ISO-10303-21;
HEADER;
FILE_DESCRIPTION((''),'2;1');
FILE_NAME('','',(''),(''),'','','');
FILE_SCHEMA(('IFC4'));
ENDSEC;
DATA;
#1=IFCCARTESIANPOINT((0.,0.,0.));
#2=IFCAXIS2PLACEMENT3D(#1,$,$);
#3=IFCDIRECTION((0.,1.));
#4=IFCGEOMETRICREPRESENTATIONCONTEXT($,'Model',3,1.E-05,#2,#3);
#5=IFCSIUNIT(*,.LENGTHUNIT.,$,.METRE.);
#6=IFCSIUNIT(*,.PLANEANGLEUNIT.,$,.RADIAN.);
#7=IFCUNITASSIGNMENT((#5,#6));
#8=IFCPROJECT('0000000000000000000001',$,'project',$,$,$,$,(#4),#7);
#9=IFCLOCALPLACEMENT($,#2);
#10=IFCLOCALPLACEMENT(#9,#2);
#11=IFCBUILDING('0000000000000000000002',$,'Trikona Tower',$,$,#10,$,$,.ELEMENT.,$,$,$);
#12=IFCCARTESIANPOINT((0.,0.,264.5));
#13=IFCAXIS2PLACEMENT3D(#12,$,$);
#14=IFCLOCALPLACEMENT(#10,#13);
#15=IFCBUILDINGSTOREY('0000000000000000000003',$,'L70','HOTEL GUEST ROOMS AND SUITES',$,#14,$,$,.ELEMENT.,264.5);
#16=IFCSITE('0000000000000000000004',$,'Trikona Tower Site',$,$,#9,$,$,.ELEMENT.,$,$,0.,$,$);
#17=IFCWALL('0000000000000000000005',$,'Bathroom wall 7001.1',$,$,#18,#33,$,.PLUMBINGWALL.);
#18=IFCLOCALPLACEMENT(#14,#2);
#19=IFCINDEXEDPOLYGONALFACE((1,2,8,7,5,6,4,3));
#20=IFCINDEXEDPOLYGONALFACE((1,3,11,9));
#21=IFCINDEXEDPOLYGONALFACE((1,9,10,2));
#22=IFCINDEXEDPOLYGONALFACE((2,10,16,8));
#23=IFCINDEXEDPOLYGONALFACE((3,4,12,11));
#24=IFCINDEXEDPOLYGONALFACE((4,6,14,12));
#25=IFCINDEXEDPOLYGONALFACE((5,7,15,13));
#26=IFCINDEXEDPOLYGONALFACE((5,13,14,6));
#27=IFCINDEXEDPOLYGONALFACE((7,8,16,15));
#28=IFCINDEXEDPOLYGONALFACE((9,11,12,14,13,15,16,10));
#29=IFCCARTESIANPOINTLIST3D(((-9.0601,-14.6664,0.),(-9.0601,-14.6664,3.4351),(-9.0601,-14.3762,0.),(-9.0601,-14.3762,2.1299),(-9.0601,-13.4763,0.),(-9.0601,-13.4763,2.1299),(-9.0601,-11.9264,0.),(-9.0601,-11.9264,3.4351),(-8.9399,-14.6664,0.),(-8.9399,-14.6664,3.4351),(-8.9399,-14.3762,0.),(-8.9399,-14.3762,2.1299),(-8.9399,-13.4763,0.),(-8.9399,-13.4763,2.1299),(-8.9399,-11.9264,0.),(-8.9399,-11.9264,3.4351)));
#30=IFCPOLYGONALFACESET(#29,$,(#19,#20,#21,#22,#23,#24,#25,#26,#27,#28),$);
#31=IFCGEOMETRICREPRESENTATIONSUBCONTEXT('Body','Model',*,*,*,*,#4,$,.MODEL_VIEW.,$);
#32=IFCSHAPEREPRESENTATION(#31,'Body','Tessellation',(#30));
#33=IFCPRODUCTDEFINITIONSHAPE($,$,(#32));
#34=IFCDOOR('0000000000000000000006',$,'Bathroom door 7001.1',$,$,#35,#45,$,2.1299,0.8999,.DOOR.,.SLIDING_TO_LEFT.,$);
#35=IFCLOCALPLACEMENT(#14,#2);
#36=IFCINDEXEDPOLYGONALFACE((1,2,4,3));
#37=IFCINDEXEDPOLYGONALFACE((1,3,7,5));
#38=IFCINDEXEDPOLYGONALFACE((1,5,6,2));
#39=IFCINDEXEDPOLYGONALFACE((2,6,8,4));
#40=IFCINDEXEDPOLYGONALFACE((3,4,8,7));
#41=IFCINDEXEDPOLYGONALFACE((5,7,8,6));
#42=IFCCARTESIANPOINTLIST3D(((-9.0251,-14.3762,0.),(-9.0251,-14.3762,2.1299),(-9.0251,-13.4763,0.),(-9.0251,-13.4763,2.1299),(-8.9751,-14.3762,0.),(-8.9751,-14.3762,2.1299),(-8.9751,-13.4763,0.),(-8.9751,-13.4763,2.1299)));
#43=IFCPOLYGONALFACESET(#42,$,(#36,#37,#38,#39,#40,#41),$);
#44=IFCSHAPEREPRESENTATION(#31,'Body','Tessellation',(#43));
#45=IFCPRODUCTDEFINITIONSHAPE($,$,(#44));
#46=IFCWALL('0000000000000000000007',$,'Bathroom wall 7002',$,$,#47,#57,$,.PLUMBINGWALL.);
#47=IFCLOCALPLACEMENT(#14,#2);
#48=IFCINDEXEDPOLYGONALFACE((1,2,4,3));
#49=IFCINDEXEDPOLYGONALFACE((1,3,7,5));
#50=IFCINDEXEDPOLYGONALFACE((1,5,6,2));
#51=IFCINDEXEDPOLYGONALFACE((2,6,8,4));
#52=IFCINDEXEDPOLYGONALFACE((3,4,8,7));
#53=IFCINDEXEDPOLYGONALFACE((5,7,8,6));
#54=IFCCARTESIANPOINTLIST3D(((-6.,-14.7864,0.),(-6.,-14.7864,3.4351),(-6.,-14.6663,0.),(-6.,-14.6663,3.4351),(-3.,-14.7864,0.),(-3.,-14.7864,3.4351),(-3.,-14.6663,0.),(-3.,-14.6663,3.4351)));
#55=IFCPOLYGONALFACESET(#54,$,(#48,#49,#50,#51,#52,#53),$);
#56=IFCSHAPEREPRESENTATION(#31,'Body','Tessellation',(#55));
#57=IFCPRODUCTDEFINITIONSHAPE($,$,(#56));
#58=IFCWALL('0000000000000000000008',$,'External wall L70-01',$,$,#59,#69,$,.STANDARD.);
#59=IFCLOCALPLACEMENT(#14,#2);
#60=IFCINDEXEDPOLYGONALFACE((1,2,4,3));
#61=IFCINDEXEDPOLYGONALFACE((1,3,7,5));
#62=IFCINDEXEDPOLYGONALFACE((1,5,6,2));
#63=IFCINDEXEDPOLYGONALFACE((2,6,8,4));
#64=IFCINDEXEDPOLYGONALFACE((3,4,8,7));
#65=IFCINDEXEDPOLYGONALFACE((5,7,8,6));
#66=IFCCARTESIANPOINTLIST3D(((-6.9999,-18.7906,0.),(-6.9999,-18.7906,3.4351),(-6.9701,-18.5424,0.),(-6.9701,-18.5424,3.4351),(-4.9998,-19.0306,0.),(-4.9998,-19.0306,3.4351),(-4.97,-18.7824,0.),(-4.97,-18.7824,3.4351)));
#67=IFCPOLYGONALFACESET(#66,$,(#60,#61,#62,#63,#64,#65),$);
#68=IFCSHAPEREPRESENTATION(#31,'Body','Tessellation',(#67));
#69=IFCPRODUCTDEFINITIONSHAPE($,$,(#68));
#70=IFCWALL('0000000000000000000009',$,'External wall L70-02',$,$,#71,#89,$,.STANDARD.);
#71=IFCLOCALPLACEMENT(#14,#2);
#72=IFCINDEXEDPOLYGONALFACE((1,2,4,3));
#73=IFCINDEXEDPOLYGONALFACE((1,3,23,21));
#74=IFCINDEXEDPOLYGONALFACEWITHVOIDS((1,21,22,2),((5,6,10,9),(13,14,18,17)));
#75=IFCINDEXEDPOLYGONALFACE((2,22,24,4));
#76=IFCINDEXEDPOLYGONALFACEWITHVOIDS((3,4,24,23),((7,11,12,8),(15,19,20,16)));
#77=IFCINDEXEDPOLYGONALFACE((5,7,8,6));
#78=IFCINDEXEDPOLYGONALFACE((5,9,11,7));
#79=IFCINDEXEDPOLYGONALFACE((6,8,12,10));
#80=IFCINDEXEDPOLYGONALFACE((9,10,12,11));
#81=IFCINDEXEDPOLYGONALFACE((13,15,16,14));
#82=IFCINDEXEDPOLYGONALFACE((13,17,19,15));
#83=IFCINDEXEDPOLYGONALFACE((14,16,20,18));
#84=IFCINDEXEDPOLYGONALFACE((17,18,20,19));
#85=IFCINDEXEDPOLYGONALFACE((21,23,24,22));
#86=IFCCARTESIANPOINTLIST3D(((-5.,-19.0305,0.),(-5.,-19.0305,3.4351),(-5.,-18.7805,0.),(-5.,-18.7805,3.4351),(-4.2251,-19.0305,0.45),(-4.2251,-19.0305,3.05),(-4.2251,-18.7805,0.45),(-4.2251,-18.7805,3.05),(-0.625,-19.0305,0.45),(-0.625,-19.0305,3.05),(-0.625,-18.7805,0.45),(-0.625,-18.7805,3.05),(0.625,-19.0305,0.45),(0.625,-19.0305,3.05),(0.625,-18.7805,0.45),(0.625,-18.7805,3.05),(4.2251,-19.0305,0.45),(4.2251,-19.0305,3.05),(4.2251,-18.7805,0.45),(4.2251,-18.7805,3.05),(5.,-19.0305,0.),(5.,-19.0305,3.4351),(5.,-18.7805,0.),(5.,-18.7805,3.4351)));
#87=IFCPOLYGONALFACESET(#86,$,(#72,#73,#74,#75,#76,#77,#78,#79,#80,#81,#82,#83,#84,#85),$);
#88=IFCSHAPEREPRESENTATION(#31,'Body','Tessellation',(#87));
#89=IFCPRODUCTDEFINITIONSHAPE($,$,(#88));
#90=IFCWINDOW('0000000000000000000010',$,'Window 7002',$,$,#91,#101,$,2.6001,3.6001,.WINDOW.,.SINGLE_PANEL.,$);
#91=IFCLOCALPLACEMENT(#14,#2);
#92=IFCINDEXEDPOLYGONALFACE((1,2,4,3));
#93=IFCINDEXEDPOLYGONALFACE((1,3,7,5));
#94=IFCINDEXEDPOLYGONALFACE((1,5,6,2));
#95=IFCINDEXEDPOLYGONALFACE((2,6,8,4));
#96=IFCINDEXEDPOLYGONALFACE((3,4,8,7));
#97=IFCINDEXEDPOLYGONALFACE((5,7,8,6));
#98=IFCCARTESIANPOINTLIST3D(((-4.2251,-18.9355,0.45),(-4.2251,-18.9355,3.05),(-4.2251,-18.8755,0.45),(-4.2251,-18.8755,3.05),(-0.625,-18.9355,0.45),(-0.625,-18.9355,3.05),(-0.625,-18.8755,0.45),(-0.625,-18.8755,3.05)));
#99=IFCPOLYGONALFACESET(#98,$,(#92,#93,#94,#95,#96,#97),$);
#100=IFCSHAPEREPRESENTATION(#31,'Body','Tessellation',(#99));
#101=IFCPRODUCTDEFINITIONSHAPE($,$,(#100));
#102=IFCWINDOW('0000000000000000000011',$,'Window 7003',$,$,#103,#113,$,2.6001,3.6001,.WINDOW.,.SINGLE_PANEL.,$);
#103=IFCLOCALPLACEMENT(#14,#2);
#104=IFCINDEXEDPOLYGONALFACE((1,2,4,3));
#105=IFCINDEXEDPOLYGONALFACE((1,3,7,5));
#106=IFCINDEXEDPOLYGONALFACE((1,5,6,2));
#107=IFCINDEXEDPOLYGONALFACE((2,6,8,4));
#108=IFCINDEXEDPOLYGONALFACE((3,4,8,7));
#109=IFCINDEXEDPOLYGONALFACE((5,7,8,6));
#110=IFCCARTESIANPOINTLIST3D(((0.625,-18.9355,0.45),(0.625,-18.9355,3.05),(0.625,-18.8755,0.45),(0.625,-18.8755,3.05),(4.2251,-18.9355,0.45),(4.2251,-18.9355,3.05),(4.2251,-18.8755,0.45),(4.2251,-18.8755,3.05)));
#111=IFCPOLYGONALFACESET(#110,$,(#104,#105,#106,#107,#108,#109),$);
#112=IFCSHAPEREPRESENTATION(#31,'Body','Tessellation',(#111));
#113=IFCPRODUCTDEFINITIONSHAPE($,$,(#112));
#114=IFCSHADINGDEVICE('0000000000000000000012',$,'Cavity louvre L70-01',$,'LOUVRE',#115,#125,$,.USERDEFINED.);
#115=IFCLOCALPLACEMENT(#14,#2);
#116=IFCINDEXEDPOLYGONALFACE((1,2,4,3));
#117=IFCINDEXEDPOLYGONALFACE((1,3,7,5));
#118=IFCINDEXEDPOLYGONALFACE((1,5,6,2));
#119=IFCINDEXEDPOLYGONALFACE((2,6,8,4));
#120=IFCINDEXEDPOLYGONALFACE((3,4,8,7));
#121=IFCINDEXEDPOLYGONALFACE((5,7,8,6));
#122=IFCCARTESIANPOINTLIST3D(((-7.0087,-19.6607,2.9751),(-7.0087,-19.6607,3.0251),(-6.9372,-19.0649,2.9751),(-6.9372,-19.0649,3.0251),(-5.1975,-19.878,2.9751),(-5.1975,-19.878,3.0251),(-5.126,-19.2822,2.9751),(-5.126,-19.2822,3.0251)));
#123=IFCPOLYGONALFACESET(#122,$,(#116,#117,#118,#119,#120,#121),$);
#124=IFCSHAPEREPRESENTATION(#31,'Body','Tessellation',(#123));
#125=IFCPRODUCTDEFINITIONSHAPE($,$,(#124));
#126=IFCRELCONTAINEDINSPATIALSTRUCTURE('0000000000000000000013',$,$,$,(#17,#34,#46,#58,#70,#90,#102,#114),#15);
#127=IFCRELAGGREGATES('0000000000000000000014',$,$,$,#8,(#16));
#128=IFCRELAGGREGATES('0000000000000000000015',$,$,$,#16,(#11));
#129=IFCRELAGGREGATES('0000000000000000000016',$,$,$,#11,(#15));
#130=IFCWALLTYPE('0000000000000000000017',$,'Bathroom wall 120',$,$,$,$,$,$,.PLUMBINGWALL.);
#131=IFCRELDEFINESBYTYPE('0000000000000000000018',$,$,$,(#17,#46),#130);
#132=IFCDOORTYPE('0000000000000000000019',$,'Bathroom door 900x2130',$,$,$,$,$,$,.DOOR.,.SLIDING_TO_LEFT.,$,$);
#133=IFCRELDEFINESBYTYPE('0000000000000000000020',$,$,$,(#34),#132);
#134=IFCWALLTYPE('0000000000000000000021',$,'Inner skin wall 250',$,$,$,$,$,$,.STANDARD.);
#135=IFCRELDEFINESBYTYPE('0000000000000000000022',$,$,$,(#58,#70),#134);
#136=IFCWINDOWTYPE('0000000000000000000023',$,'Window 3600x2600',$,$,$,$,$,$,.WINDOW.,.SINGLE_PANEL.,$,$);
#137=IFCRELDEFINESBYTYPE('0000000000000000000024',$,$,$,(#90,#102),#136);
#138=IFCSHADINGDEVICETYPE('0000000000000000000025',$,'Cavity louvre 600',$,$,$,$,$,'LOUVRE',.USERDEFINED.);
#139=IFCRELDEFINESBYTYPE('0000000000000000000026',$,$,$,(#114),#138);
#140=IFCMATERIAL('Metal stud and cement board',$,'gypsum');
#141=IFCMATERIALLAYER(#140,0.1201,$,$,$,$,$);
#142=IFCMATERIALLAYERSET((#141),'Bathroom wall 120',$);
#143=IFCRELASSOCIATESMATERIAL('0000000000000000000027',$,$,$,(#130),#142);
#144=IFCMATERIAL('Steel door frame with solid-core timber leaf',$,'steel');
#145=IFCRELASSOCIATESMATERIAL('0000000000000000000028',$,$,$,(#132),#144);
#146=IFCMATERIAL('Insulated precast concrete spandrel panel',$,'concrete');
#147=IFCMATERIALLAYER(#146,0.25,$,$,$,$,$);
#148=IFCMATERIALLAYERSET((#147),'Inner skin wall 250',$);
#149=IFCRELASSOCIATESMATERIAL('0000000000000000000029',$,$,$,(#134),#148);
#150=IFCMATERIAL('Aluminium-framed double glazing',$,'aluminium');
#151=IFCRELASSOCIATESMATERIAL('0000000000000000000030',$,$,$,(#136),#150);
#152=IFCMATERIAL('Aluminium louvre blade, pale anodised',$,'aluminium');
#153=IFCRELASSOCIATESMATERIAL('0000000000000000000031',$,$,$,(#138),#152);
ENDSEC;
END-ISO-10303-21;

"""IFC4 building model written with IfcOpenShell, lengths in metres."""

from ifc_helpers import new_model, si_unit, direction, frame, frame_2d, origin, origin_2d, place, context, subcontext, project, spatial, rectangle, extrude, material, layer, layer_set, type_object, element, fill, save


model = new_model("IFC4")

# Units and contexts
model_context = context("Model", 3, precision=1e-05, world=origin(), true_north=direction((0.0, 1.0)))
body_context = subcontext(model_context, "Body", "Model", "MODEL_VIEW")
ifc_project = project(units=[si_unit("LENGTHUNIT", "METRE"), si_unit("PLANEANGLEUNIT", "RADIAN")], contexts=[model_context])

# Site, building, storey
site_placement = place(None, origin())
site = spatial("IfcSite", under=ifc_project, at=site_placement, Name="Trikona Tower Site", CompositionType="ELEMENT", RefElevation=0.0)
building_placement = place(site_placement, origin())
building = spatial("IfcBuilding", under=site, at=building_placement, Name="Trikona Tower", CompositionType="ELEMENT")
storey_placement = place(building_placement, frame((0.0, 0.0, 264.5)))
storey = spatial("IfcBuildingStorey", under=building, at=storey_placement, Name="L70", Description="HOTEL GUEST ROOMS AND SUITES", CompositionType="ELEMENT", Elevation=264.5)

# Shared definitions
ifc_material_1 = material(Name="Metal stud and cement board", Category="gypsum")
ifc_layer_1 = layer(ifc_material_1, 0.1201)
ifc_layer_set_1 = layer_set([ifc_layer_1], Name="Bathroom wall 120")
wall_type_1 = type_object("IfcWallType", Name="Bathroom wall 120", PredefinedType="PLUMBINGWALL", material=ifc_layer_set_1)

# Wall, opening, door
wall_1_placement = place(storey_placement, frame((-9.0, -11.9263, 0.0), z_axis=(0.0, 0.0, 1.0), x_axis=(0.0, -1.0, 0.0)))
wall_1 = element("IfcWall", 1, at=wall_1_placement, inside=storey, type_object=wall_type_1, Name="Bathroom wall 7001.1", PredefinedType="PLUMBINGWALL", context=body_context, shape_type="SweptSolid", body=[
    extrude(rectangle(XDim=2.74, YDim=0.1201, at=frame_2d((1.3701, 0.0))), origin(), (0.0, 0.0, 1.0), 3.4351),
])
opening_1_placement = place(wall_1_placement, frame((1.55, 0.0, 0.0)))
opening_1 = element("IfcOpeningElement", 2, at=opening_1_placement, cuts=wall_1, PredefinedType="OPENING", context=body_context, shape_type="SweptSolid", body=[
    extrude(rectangle(XDim=0.8999, YDim=2.1299, at=frame_2d((0.45, 1.0649))), frame((0.0, 0.0701, 0.0), z_axis=(0.0, -1.0, 0.0), x_axis=(1.0, 0.0, 0.0)), (0.0, 0.0, 1.0), 0.1401),
])
ifc_material_2 = material(Name="Steel door frame with solid-core timber leaf", Category="steel")
door_type = type_object("IfcDoorType", Name="Bathroom door 900x2130", OperationType="SLIDING_TO_LEFT", PredefinedType="DOOR", material=ifc_material_2)
door_placement = place(opening_1_placement, origin())
door = element("IfcDoor", 3, at=door_placement, inside=storey, type_object=door_type, Name="Bathroom door 7001.1", OperationType="SLIDING_TO_LEFT", OverallHeight=2.1299, OverallWidth=0.8999, PredefinedType="DOOR", context=body_context, shape_type="SweptSolid", body=[
    extrude(rectangle(XDim=0.8999, YDim=2.1299, at=frame_2d((0.45, 1.0649))), frame((0.0, 0.0249, 0.0), z_axis=(0.0, -1.0, 0.0), x_axis=(1.0, 0.0, 0.0)), (0.0, 0.0, 1.0), 0.05),
])
fill(opening_1, door)

# Walls
wall_2_placement = place(storey_placement, frame((-6.0, -14.7263, 0.0), z_axis=(0.0, 0.0, 1.0), x_axis=(1.0, 0.0, 0.0)))
element("IfcWall", 4, at=wall_2_placement, inside=storey, type_object=wall_type_1, Name="Bathroom wall 7002", PredefinedType="PLUMBINGWALL", context=body_context, shape_type="SweptSolid", body=[
    extrude(rectangle(XDim=3.0, YDim=0.1201, at=frame_2d((1.5, 0.0))), origin(), (0.0, 0.0, 1.0), 3.4351),
])
ifc_material_3 = material(Name="Insulated precast concrete spandrel panel", Category="concrete")
ifc_layer_2 = layer(ifc_material_3, 0.25)
ifc_layer_set_2 = layer_set([ifc_layer_2], Name="Inner skin wall 250")
wall_type_2 = type_object("IfcWallType", Name="Inner skin wall 250", PredefinedType="STANDARD", material=ifc_layer_set_2)
wall_3_placement = place(storey_placement, frame((-6.9851, -18.6665, 0.0), z_axis=(0.0, 0.0, 1.0), x_axis=(0.992877, -0.11914, 0.0)))
element("IfcWall", 5, at=wall_3_placement, inside=storey, type_object=wall_type_2, Name="External wall L70-01", PredefinedType="STANDARD", context=body_context, shape_type="SweptSolid", body=[
    extrude(rectangle(XDim=2.0144, YDim=0.25, at=frame_2d((1.0073, 0.0))), origin(), (0.0, 0.0, 1.0), 3.4351),
])

# Wall, openings, windows
wall_4_placement = place(storey_placement, frame((-5.0, -18.9055, 0.0), z_axis=(0.0, 0.0, 1.0), x_axis=(1.0, 0.0, 0.0)))
wall_4 = element("IfcWall", 6, at=wall_4_placement, inside=storey, type_object=wall_type_2, Name="External wall L70-02", PredefinedType="STANDARD", context=body_context, shape_type="SweptSolid", body=[
    extrude(rectangle(XDim=10.0, YDim=0.25, at=frame_2d((5.0, 0.0))), origin(), (0.0, 0.0, 1.0), 3.4351),
])
opening_2_placement = place(wall_4_placement, frame((0.7749, 0.0, 0.45)))
opening_2 = element("IfcOpeningElement", 7, at=opening_2_placement, cuts=wall_4, PredefinedType="OPENING", context=body_context, shape_type="SweptSolid", body=[
    extrude(rectangle(XDim=3.6001, YDim=2.6001, at=frame_2d((1.8, 1.3))), frame((0.0, 0.135, 0.0), z_axis=(0.0, -1.0, 0.0), x_axis=(1.0, 0.0, 0.0)), (0.0, 0.0, 1.0), 0.27),
])
opening_3_placement = place(wall_4_placement, frame((5.625, 0.0, 0.45)))
opening_3 = element("IfcOpeningElement", 8, at=opening_3_placement, cuts=wall_4, PredefinedType="OPENING", context=body_context, shape_type="SweptSolid", body=[
    extrude(rectangle(XDim=3.6001, YDim=2.6001, at=frame_2d((1.8, 1.3))), frame((0.0, 0.135, 0.0), z_axis=(0.0, -1.0, 0.0), x_axis=(1.0, 0.0, 0.0)), (0.0, 0.0, 1.0), 0.27),
])
ifc_material_4 = material(Name="Aluminium-framed double glazing", Category="aluminium")
window_type = type_object("IfcWindowType", Name="Window 3600x2600", PartitioningType="SINGLE_PANEL", PredefinedType="WINDOW", material=ifc_material_4)
window_1_placement = place(opening_2_placement, origin())
window_1 = element("IfcWindow", 9, at=window_1_placement, inside=storey, type_object=window_type, Name="Window 7002", OverallHeight=2.6001, OverallWidth=3.6001, PartitioningType="SINGLE_PANEL", PredefinedType="WINDOW", context=body_context, shape_type="SweptSolid", body=[
    extrude(rectangle(XDim=3.6001, YDim=2.6001, at=frame_2d((1.8, 1.3))), frame((0.0, 0.03, 0.0), z_axis=(0.0, -1.0, 0.0), x_axis=(1.0, 0.0, 0.0)), (0.0, 0.0, 1.0), 0.0601),
])
fill(opening_2, window_1)
window_2_placement = place(opening_3_placement, origin())
window_2 = element("IfcWindow", 10, at=window_2_placement, inside=storey, type_object=window_type, Name="Window 7003", OverallHeight=2.6001, OverallWidth=3.6001, PartitioningType="SINGLE_PANEL", PredefinedType="WINDOW", context=body_context, shape_type="SweptSolid", body=[
    extrude(rectangle(XDim=3.6001, YDim=2.6001, at=frame_2d((1.8, 1.3))), frame((0.0, 0.03, 0.0), z_axis=(0.0, -1.0, 0.0), x_axis=(1.0, 0.0, 0.0)), (0.0, 0.0, 1.0), 0.0601),
])
fill(opening_3, window_2)

# Shading device
ifc_material_5 = material(Name="Aluminium louvre blade, pale anodised", Category="aluminium")
shading_device_type = type_object("IfcShadingDeviceType", Name="Cavity louvre 600", ElementType="LOUVRE", PredefinedType="USERDEFINED", material=ifc_material_5)
shading_device_placement = place(storey_placement, frame((-6.0674, -19.4714, 2.9751), z_axis=(0.0, 0.0, 1.0), x_axis=(0.992877, -0.119146, 0.0)))
element("IfcShadingDevice", 11, at=shading_device_placement, inside=storey, type_object=shading_device_type, Name="Cavity louvre L70-01", ObjectType="LOUVRE", PredefinedType="USERDEFINED", context=body_context, shape_type="SweptSolid", body=[
    extrude(rectangle(XDim=1.8242, YDim=0.6001, at=origin_2d()), origin(), (0.0, 0.0, 1.0), 0.05),
])

save(model, "model.ifc")
